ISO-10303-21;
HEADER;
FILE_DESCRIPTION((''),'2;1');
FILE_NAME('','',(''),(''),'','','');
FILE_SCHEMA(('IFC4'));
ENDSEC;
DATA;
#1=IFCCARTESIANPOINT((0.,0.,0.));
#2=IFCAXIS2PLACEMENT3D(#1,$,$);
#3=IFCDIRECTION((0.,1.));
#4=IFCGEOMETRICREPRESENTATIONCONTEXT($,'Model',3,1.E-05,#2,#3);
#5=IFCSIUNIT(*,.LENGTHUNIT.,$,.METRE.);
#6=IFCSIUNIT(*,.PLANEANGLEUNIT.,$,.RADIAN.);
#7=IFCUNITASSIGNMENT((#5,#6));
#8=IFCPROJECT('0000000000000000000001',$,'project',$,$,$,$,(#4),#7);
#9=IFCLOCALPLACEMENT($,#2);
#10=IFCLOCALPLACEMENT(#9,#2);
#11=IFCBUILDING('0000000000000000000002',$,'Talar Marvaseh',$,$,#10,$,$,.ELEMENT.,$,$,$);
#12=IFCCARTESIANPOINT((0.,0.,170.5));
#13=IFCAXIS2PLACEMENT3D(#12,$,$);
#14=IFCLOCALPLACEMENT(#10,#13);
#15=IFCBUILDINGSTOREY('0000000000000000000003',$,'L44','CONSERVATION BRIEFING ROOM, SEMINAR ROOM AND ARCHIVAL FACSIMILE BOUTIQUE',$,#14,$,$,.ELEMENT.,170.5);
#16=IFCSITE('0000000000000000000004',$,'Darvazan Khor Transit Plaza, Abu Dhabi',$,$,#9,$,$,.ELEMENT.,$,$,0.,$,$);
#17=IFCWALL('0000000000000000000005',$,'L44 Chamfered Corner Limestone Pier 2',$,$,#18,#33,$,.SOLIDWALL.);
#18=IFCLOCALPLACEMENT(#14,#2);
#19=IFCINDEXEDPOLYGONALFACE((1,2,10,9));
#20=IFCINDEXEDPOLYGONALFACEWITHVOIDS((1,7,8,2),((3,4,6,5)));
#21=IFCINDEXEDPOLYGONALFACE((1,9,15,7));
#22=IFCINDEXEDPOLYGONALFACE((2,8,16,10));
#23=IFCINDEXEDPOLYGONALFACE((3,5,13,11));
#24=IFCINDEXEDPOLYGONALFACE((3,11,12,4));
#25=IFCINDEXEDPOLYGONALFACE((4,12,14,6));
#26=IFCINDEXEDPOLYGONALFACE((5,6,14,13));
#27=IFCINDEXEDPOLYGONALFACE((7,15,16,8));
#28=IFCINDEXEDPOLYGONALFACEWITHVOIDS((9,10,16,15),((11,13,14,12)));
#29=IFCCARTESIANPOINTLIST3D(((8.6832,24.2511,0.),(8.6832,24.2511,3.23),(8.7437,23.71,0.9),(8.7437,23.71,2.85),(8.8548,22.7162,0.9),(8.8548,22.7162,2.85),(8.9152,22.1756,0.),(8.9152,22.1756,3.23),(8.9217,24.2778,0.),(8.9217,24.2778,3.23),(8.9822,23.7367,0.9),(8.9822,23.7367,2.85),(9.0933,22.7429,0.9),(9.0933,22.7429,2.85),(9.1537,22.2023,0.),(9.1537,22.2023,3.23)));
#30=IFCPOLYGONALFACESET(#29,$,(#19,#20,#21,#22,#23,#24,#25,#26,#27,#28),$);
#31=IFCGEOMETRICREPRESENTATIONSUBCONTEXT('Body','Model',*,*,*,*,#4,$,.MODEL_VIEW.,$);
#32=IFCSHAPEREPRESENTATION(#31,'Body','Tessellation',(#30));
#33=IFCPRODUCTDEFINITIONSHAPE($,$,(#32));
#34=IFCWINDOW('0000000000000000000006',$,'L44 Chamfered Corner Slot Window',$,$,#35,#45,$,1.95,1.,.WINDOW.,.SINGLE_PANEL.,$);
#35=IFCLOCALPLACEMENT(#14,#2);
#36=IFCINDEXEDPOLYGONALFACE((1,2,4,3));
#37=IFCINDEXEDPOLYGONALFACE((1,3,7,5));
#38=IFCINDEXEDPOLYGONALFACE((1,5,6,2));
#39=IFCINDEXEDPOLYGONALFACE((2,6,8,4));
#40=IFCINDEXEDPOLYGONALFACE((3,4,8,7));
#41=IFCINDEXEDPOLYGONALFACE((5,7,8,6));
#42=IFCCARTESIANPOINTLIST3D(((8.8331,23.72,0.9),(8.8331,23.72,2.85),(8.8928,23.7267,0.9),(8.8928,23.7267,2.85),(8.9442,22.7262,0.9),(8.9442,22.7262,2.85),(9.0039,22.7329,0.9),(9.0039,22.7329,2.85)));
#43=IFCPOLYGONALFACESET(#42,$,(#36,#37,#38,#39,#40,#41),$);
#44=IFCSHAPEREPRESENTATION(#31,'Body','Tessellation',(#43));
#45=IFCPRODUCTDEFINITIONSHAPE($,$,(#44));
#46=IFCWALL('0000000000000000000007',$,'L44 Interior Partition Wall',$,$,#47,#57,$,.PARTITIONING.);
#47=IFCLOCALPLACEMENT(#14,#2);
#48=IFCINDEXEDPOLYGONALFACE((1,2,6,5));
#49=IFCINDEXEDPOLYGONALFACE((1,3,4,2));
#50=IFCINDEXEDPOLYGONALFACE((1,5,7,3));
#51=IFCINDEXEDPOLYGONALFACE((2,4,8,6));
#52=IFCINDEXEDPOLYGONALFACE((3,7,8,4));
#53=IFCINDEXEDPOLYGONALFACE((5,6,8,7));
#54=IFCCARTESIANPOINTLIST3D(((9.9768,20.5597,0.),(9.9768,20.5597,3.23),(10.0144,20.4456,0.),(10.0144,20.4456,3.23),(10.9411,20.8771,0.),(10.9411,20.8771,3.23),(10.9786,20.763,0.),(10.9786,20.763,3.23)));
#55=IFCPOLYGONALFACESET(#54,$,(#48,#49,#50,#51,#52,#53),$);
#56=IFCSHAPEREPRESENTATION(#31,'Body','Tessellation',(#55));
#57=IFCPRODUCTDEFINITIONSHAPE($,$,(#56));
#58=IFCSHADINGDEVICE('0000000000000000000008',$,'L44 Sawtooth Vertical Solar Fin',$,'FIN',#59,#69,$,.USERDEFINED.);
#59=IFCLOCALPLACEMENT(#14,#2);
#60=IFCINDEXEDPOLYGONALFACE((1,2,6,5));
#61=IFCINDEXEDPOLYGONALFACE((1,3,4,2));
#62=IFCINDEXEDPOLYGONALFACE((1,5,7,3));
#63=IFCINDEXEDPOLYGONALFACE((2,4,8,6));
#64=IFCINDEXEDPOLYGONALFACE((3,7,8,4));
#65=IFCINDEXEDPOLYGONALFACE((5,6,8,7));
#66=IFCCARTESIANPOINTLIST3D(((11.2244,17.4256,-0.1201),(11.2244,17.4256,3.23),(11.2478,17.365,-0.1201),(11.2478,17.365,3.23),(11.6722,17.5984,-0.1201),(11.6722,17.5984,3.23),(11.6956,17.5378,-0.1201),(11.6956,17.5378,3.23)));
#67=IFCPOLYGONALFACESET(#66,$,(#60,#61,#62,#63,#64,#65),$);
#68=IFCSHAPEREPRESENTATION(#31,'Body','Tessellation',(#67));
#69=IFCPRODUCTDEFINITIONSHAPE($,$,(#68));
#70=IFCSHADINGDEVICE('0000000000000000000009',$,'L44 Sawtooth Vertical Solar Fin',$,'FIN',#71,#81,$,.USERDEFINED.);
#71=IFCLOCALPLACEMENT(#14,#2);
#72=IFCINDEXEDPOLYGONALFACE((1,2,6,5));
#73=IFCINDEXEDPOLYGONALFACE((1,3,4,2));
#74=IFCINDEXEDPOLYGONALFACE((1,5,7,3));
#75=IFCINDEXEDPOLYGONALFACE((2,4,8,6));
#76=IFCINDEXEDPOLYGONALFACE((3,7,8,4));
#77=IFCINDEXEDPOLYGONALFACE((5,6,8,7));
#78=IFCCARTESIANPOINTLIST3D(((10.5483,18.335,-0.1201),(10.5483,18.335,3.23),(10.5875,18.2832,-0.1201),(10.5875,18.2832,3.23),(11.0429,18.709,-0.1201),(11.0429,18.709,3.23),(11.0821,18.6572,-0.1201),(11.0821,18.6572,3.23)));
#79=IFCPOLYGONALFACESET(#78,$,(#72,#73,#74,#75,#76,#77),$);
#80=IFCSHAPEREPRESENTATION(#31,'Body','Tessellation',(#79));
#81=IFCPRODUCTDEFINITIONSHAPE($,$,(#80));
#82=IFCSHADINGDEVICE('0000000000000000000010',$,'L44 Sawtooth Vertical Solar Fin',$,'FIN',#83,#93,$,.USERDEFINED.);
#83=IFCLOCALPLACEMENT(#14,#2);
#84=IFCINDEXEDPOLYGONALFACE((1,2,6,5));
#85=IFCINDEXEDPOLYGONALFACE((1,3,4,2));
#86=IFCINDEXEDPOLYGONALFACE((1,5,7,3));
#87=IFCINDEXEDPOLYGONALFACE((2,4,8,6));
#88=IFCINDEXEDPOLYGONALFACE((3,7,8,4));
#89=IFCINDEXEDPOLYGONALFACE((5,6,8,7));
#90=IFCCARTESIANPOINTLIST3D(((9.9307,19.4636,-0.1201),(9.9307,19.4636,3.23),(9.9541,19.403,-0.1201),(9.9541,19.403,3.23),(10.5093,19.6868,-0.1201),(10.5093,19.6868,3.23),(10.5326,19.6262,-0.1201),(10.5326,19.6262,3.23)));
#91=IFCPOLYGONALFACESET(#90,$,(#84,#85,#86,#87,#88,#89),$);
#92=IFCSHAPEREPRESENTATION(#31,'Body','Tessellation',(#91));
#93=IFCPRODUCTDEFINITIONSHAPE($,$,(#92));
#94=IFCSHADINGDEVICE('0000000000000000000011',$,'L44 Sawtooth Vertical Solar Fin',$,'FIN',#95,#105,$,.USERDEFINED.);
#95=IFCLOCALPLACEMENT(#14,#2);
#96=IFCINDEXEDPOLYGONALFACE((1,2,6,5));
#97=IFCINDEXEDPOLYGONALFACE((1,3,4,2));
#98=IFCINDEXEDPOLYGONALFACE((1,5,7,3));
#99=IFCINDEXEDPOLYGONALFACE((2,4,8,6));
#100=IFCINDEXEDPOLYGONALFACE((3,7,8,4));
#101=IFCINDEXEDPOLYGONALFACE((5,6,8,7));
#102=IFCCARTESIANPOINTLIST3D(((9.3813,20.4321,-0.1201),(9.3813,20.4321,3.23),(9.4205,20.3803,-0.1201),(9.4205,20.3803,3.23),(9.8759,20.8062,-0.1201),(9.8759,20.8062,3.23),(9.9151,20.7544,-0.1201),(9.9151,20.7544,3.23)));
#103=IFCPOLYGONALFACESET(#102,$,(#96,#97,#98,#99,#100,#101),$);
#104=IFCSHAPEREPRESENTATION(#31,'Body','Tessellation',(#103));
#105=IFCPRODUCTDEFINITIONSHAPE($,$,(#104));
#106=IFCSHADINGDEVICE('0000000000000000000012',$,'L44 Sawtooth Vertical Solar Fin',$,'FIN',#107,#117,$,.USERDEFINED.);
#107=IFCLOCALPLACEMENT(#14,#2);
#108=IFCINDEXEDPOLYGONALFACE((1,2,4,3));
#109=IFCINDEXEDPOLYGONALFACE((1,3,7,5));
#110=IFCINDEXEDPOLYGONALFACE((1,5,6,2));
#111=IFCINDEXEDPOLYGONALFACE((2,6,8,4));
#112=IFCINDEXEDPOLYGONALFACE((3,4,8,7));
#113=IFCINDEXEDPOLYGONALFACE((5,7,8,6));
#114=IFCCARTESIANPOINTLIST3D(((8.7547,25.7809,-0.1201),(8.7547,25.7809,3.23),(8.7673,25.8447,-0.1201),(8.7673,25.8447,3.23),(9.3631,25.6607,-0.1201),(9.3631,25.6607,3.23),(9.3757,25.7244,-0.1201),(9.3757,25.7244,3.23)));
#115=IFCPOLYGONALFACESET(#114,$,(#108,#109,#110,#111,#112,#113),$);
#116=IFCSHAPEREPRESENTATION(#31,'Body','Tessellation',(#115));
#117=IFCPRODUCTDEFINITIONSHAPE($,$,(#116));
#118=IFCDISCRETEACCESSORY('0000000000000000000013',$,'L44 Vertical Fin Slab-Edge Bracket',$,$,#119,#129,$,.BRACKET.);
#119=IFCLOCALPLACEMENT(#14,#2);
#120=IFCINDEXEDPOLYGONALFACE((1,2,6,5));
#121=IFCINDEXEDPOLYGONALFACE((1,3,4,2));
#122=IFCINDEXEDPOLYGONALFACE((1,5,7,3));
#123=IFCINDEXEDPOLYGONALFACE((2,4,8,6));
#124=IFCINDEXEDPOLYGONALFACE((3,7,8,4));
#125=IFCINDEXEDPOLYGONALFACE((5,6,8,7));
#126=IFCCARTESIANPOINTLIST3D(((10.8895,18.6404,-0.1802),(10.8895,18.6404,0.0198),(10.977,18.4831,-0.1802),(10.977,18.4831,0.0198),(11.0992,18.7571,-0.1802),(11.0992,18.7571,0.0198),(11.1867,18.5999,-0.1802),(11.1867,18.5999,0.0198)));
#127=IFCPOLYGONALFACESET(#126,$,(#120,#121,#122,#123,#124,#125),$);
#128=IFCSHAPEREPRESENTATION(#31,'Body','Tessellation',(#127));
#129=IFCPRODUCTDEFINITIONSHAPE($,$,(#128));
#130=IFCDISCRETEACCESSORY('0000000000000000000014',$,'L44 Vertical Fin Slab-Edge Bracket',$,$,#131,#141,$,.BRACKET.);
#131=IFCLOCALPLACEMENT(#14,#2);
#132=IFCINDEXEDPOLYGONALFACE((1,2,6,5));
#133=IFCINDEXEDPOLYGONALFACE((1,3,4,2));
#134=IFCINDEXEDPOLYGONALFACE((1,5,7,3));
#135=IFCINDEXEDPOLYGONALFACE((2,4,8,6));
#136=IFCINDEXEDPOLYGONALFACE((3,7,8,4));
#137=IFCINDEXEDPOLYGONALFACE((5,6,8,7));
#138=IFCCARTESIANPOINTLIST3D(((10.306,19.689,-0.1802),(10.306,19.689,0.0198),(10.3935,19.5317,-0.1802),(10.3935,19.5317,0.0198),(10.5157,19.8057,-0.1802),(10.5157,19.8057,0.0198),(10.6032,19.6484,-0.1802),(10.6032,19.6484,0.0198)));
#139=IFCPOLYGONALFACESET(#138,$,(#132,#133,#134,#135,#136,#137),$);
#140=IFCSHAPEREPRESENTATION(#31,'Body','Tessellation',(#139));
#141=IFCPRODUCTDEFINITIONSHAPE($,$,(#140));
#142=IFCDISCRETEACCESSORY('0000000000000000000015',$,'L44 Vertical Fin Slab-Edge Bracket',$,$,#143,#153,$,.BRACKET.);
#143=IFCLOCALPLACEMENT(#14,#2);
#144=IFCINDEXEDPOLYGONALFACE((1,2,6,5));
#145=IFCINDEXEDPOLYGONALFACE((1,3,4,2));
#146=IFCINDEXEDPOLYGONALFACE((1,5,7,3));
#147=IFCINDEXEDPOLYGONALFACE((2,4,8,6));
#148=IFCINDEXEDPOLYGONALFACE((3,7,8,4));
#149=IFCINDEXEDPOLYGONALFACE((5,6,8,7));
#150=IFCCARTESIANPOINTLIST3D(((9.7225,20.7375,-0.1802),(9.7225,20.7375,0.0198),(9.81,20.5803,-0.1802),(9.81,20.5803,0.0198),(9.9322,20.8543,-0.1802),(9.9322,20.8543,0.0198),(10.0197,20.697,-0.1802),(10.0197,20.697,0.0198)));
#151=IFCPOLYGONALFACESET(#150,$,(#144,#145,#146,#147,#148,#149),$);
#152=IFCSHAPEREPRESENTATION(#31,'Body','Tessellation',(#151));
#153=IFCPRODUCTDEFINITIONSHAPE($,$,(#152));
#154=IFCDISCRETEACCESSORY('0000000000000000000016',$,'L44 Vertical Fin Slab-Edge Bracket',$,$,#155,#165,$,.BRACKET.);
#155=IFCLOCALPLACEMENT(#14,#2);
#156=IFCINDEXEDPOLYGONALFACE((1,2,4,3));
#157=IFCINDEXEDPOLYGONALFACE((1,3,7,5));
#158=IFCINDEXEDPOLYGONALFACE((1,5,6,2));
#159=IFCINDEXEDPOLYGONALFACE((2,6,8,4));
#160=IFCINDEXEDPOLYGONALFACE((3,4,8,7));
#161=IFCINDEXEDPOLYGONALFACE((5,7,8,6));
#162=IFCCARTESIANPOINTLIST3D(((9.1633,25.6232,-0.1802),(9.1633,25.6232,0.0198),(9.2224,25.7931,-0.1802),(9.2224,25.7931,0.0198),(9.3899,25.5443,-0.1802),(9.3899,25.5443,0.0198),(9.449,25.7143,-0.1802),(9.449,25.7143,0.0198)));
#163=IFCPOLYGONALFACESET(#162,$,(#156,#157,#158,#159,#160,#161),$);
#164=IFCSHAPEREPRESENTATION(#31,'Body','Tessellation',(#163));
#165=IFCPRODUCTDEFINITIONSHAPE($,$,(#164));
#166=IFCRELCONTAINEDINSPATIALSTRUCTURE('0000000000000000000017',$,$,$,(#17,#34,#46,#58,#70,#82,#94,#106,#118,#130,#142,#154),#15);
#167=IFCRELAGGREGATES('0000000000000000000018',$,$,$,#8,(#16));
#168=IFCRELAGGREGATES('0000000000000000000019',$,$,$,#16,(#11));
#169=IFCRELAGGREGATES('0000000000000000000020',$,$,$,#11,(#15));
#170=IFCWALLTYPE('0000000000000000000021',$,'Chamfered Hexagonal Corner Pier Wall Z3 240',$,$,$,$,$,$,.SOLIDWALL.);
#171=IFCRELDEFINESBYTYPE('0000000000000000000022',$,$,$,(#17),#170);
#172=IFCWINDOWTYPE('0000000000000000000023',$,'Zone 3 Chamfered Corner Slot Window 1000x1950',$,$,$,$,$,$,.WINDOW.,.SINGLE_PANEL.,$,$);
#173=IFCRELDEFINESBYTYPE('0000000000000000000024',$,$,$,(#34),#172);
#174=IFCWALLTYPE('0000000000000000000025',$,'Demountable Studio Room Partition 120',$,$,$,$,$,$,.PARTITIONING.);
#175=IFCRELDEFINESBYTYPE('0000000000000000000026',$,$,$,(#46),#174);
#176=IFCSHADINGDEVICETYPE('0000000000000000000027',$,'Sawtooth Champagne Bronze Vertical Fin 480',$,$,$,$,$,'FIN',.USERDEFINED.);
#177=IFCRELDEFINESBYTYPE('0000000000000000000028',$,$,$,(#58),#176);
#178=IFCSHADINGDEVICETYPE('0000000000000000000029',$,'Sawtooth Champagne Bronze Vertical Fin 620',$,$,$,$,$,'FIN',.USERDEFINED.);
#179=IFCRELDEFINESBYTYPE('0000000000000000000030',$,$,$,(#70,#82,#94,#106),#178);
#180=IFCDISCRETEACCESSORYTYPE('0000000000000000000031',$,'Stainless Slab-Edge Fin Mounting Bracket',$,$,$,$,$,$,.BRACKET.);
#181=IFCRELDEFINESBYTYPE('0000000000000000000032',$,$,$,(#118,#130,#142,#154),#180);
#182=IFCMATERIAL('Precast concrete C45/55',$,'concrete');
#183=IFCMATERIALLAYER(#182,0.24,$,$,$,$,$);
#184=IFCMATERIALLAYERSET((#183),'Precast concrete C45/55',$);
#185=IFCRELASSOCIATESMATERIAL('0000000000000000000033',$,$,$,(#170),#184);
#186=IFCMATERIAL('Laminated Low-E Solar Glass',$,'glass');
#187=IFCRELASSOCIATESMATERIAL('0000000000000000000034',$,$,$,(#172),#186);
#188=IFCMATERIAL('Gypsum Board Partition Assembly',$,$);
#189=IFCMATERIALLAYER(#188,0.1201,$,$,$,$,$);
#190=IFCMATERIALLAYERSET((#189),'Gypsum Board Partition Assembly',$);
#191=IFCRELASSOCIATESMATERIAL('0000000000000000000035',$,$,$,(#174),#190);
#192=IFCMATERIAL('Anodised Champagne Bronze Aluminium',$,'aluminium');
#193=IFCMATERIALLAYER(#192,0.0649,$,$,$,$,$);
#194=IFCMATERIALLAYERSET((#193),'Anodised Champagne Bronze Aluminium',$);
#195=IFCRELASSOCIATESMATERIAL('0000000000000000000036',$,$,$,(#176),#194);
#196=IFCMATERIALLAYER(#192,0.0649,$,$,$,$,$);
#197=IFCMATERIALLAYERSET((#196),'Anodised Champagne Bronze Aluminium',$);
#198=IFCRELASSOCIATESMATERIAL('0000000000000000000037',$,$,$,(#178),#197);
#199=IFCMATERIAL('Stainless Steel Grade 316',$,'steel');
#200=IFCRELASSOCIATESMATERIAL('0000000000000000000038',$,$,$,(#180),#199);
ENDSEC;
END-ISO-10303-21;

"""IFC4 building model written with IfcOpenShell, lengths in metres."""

from ifc_helpers import new_model, si_unit, direction, frame, frame_2d, origin, origin_2d, place, context, subcontext, project, spatial, rectangle, extrude, source, transform, mapped, material, layer, layer_set, type_object, type_shapes, element, fill, save


model = new_model("IFC4")

# Units and contexts
model_context = context("Model", 3, precision=1e-05, world=origin(), true_north=direction((0.0, 1.0)))
body_context = subcontext(model_context, "Body", "Model", "MODEL_VIEW")
ifc_project = project(units=[si_unit("LENGTHUNIT", "METRE"), si_unit("PLANEANGLEUNIT", "RADIAN")], contexts=[model_context])

# Site, building, storey
site_placement = place(None, origin())
site = spatial("IfcSite", under=ifc_project, at=site_placement, Name="Darvazan Khor Transit Plaza, Abu Dhabi", CompositionType="ELEMENT", RefElevation=0.0)
building_placement = place(site_placement, origin())
building = spatial("IfcBuilding", under=site, at=building_placement, Name="Talar Marvaseh", CompositionType="ELEMENT")
storey_placement = place(building_placement, frame((0.0, 0.0, 170.5)))
storey = spatial("IfcBuildingStorey", under=building, at=storey_placement, Name="L44", Description="CONSERVATION BRIEFING ROOM, SEMINAR ROOM AND ARCHIVAL FACSIMILE BOUTIQUE", CompositionType="ELEMENT", Elevation=170.5)

# Shared definitions
ifc_material_1 = material(Name="Laminated Low-E Solar Glass", Category="glass")

# Wall, opening, window
ifc_material_2 = material(Name="Precast concrete C45/55", Category="concrete")
ifc_layer_1 = layer(ifc_material_2, 0.24)
ifc_layer_set_1 = layer_set([ifc_layer_1], Name="Precast concrete C45/55")
wall_type_1 = type_object("IfcWallType", Name="Chamfered Hexagonal Corner Pier Wall Z3 240", PredefinedType="SOLIDWALL", material=ifc_layer_set_1)
wall_1_placement = place(storey_placement, frame((9.0344, 22.189, 0.0), z_axis=(0.0, 0.0, 1.0), x_axis=(-0.11106, 0.993814, 0.0)))
wall_1 = element("IfcWall", 1, at=wall_1_placement, inside=storey, type_object=wall_type_1, Name="L44 Chamfered Corner Limestone Pier 2", PredefinedType="SOLIDWALL", context=body_context, shape_type="SweptSolid", body=[
    extrude(rectangle(XDim=2.0884, YDim=0.24, at=frame_2d((1.0442, 0.0))), origin(), (0.0, 0.0, 1.0), 3.23),
])
opening_placement = place(wall_1_placement, frame((0.5439, 0.0, 0.8999)))
opening = element("IfcOpeningElement", 2, at=opening_placement, cuts=wall_1, PredefinedType="OPENING", context=body_context, shape_type="SweptSolid", body=[
    extrude(rectangle(XDim=1.0, YDim=1.95, at=frame_2d((0.5, 0.9751))), frame((0.0, 0.1299, 0.0), z_axis=(0.0, -1.0, 0.0), x_axis=(1.0, 0.0, 0.0)), (0.0, 0.0, 1.0), 0.26),
])
window_type = type_object("IfcWindowType", Name="Zone 3 Chamfered Corner Slot Window 1000x1950", PartitioningType="SINGLE_PANEL", PredefinedType="WINDOW", material=ifc_material_1)
shared_shape_1 = source(origin(), body_context, "Body", "SweptSolid", [
    extrude(rectangle(XDim=1.0, YDim=1.95, at=frame_2d((0.5, 0.9751))), frame((0.0, 0.03, 0.0), z_axis=(0.0, -1.0, 0.0), x_axis=(1.0, 0.0, 0.0)), (0.0, 0.0, 1.0), 0.0601),
])
type_shapes(window_type, [shared_shape_1])
window_placement = place(opening_placement, origin())
window = element("IfcWindow", 3, at=window_placement, inside=storey, type_object=window_type, Name="L44 Chamfered Corner Slot Window", OverallHeight=1.95, OverallWidth=1.0, PartitioningType="SINGLE_PANEL", PredefinedType="WINDOW", context=body_context, shape_type="MappedRepresentation", body=[
    mapped(shared_shape_1, transform((0.0, 0.0, 0.0), x_axis=(1.0, 0.0, 0.0), y_axis=(0.0, 1.0, 0.0), z_axis=(0.0, 0.0, 1.0), scale=1.0)),
])
fill(opening, window)

# Wall
ifc_material_3 = material(Name="Gypsum Board Partition Assembly")
ifc_layer_2 = layer(ifc_material_3, 0.1201)
ifc_layer_set_2 = layer_set([ifc_layer_2], Name="Gypsum Board Partition Assembly")
wall_type_2 = type_object("IfcWallType", Name="Demountable Studio Room Partition 120", PredefinedType="PARTITIONING", material=ifc_layer_set_2)
wall_2_placement = place(storey_placement, frame((9.9956, 20.5027, 0.0), z_axis=(0.0, 0.0, 1.0), x_axis=(0.949879, 0.312618, 0.0)))
element("IfcWall", 4, at=wall_2_placement, inside=storey, type_object=wall_type_2, Name="L44 Interior Partition Wall", PredefinedType="PARTITIONING", context=body_context, shape_type="SweptSolid", body=[
    extrude(rectangle(XDim=1.0151, YDim=0.1201, at=frame_2d((0.5076, 0.0))), origin(), (0.0, 0.0, 1.0), 3.23),
])

# Shading devices
ifc_material_4 = material(Name="Anodised Champagne Bronze Aluminium", Category="aluminium")
ifc_layer_3 = layer(ifc_material_4, 0.0649)
ifc_layer_set_3 = layer_set([ifc_layer_3], Name="Anodised Champagne Bronze Aluminium")
shading_device_type_1 = type_object("IfcShadingDeviceType", Name="Sawtooth Champagne Bronze Vertical Fin 480", ElementType="FIN", PredefinedType="USERDEFINED", material=ifc_layer_set_3)
shared_shape_2 = source(origin(), body_context, "Body", "SweptSolid", [
    extrude(rectangle(XDim=0.48, YDim=0.0649, at=origin_2d()), origin(), (0.0, 0.0, 1.0), 3.3501),
])
type_shapes(shading_device_type_1, [shared_shape_2])
shading_device_placement = place(storey_placement, frame((11.46, 17.4817, -0.1201), z_axis=(0.0, 0.0, 1.0), x_axis=(-0.932954, -0.359997, 0.0)))
element("IfcShadingDevice", 5, at=shading_device_placement, inside=storey, type_object=shading_device_type_1, Name="L44 Sawtooth Vertical Solar Fin", ObjectType="FIN", PredefinedType="USERDEFINED", context=body_context, shape_type="MappedRepresentation", body=[
    mapped(shared_shape_2, transform((0.0, 0.0, 0.0), x_axis=(1.0, 0.0, 0.0), y_axis=(0.0, 1.0, 0.0), z_axis=(0.0, 0.0, 1.0), scale=1.0)),
])
ifc_layer_4 = layer(ifc_material_4, 0.0649)
ifc_layer_set_4 = layer_set([ifc_layer_4], Name="Anodised Champagne Bronze Aluminium")
shading_device_type_2 = type_object("IfcShadingDeviceType", Name="Sawtooth Champagne Bronze Vertical Fin 620", ElementType="FIN", PredefinedType="USERDEFINED", material=ifc_layer_set_4)
shared_shape_3 = source(origin(), body_context, "Body", "SweptSolid", [
    extrude(rectangle(XDim=0.6201, YDim=0.0649, at=origin_2d()), origin(), (0.0, 0.0, 1.0), 3.3501),
])
type_shapes(shading_device_type_2, [shared_shape_3])
for number, where, z_axis, x_axis, name in (
    (6, (10.8152, 18.4961, -0.1201), (0.0, 0.0, 1.0), (-0.797584, -0.603208, 0.0), "L44 Sawtooth Vertical Solar Fin"),
    (7, (10.2317, 19.5449, -0.1201), (0.0, 0.0, 1.0), (-0.932954, -0.359997, 0.0), "L44 Sawtooth Vertical Solar Fin"),
    (8, (9.6482, 20.5933, -0.1201), (0.0, 0.0, 1.0), (-0.797584, -0.603208, 0.0), "L44 Sawtooth Vertical Solar Fin"),
    (9, (9.0652, 25.7527, -0.1201), (0.0, 0.0, 1.0), (-0.981023, 0.193892, 0.0), "L44 Sawtooth Vertical Solar Fin"),
):
    element("IfcShadingDevice", number, at=place(storey_placement, frame(where, z_axis=z_axis, x_axis=x_axis)), inside=storey, type_object=shading_device_type_2, Name=name, ObjectType="FIN", PredefinedType="USERDEFINED", context=body_context, shape_type="MappedRepresentation", body=[
        mapped(shared_shape_3, transform((0.0, 0.0, 0.0), x_axis=(1.0, 0.0, 0.0), y_axis=(0.0, 1.0, 0.0), z_axis=(0.0, 0.0, 1.0), scale=1.0)),
    ])

# Discrete accessories
ifc_material_5 = material(Name="Stainless Steel Grade 316", Category="steel")
discrete_accessory_type = type_object("IfcDiscreteAccessoryType", Name="Stainless Slab-Edge Fin Mounting Bracket", PredefinedType="BRACKET", material=ifc_material_5)
shared_shape_4 = source(origin(), body_context, "Body", "SweptSolid", [
    extrude(rectangle(XDim=0.24, YDim=0.1799, at=origin_2d()), origin(), (0.0, 0.0, 1.0), 0.2),
])
type_shapes(discrete_accessory_type, [shared_shape_4])
for number, where, z_axis, x_axis, name in (
    (10, (11.0381, 18.6201, -0.1802), (0.0, 0.0, 1.0), (-0.873772, -0.486335, 0.0), "L44 Vertical Fin Slab-Edge Bracket"),
    (11, (10.4546, 19.6687, -0.1802), (0.0, 0.0, 1.0), (-0.873772, -0.486335, 0.0), "L44 Vertical Fin Slab-Edge Bracket"),
    (12, (9.8711, 20.7173, -0.1802), (0.0, 0.0, 1.0), (-0.873772, -0.486335, 0.0), "L44 Vertical Fin Slab-Edge Bracket"),
    (13, (9.3062, 25.6687, -0.1802), (0.0, 0.0, 1.0), (-0.944491, 0.328537, 0.0), "L44 Vertical Fin Slab-Edge Bracket"),
):
    element("IfcDiscreteAccessory", number, at=place(storey_placement, frame(where, z_axis=z_axis, x_axis=x_axis)), inside=storey, type_object=discrete_accessory_type, Name=name, PredefinedType="BRACKET", context=body_context, shape_type="MappedRepresentation", body=[
        mapped(shared_shape_4, transform((0.0, 0.0, 0.0), x_axis=(1.0, 0.0, 0.0), y_axis=(0.0, 1.0, 0.0), z_axis=(0.0, 0.0, 1.0), scale=1.0)),
    ])

save(model, "model.ifc")
